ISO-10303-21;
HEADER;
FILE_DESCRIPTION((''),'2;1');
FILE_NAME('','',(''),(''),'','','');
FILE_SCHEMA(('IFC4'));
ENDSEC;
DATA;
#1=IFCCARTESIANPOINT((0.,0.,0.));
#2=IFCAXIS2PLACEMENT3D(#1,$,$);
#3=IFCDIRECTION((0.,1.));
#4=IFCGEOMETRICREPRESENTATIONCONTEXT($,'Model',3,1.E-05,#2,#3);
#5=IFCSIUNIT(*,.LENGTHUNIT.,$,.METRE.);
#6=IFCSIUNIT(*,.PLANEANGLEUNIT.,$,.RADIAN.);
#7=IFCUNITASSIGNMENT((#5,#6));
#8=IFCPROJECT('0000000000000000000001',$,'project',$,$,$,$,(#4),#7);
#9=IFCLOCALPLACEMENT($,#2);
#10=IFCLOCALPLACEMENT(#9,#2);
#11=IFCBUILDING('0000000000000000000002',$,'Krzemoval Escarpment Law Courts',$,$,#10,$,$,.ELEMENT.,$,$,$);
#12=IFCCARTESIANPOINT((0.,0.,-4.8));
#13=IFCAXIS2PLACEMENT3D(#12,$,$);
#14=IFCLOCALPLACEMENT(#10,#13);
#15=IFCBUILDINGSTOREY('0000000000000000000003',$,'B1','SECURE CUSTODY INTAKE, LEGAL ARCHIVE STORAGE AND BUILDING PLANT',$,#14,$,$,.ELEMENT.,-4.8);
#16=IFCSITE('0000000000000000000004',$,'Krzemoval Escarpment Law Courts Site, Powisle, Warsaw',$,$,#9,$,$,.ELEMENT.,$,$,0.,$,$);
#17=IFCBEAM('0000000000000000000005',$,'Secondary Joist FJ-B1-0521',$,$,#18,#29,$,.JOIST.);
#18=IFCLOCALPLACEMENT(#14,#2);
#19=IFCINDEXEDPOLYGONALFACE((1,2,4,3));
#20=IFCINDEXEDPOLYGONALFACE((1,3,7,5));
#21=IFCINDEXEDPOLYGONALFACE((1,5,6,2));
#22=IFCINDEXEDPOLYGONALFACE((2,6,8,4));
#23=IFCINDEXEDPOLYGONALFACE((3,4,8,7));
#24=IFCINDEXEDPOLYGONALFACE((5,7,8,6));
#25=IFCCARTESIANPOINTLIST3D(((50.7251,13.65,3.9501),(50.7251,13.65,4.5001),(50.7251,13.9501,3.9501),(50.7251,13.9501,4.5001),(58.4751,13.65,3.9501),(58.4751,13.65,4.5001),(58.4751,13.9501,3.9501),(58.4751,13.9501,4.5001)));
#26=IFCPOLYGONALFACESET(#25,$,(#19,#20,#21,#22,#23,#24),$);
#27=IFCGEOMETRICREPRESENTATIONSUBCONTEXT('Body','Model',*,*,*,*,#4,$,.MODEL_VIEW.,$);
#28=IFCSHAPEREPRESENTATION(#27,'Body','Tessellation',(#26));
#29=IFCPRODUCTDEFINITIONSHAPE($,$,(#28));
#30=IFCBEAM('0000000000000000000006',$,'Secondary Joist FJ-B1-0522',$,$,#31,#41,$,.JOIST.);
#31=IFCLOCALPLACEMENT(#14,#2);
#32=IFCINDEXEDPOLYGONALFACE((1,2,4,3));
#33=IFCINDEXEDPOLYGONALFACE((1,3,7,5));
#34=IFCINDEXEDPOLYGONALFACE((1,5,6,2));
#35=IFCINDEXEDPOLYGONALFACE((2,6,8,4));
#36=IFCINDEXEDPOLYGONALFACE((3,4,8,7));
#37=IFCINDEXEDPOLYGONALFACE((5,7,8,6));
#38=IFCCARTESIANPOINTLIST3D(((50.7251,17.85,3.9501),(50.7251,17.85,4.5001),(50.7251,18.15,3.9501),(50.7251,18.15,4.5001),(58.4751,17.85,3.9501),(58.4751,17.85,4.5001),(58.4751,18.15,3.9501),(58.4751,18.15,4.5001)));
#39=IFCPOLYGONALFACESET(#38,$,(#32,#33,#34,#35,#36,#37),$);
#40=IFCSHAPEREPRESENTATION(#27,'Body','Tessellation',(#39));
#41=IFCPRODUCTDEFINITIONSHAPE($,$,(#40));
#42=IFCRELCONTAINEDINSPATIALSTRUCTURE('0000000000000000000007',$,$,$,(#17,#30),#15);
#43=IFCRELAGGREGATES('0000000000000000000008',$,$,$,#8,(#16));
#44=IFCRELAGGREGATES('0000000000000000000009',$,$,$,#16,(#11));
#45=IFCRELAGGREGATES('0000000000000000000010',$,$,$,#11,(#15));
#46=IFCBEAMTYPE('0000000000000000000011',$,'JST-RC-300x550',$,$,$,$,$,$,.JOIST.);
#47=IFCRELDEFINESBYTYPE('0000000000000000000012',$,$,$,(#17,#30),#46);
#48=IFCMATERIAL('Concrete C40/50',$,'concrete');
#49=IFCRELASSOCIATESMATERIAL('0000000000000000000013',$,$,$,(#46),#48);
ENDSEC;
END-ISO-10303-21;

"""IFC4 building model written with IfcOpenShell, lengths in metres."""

from ifc_helpers import new_model, si_unit, direction, frame, origin, origin_2d, place, context, subcontext, project, spatial, rectangle, extrude, material, material_profile, profile_set, type_object, element, save


model = new_model("IFC4")

# Units and contexts
model_context = context("Model", 3, precision=1e-05, world=origin(), true_north=direction((0.0, 1.0)))
body_context = subcontext(model_context, "Body", "Model", "MODEL_VIEW")
ifc_project = project(units=[si_unit("LENGTHUNIT", "METRE"), si_unit("PLANEANGLEUNIT", "RADIAN")], contexts=[model_context])

# Site, building, storey
site_placement = place(None, origin())
site = spatial("IfcSite", under=ifc_project, at=site_placement, Name="Krzemoval Escarpment Law Courts Site, Powisle, Warsaw", CompositionType="ELEMENT", RefElevation=0.0)
building_placement = place(site_placement, origin())
building = spatial("IfcBuilding", under=site, at=building_placement, Name="Krzemoval Escarpment Law Courts", CompositionType="ELEMENT")
storey_placement = place(building_placement, frame((0.0, 0.0, -4.8)))
storey = spatial("IfcBuildingStorey", under=building, at=storey_placement, Name="B1", Description="SECURE CUSTODY INTAKE, LEGAL ARCHIVE STORAGE AND BUILDING PLANT", CompositionType="ELEMENT", Elevation=-4.8)

# Beams
ifc_material_1 = material(Name="Concrete C40/50", Category="concrete")
ifc_material_profile_1 = material_profile(ifc_material_1, rectangle(XDim=0.3, YDim=0.55, at=origin_2d()), Name="RCB 300x550")
ifc_profile_set_1 = profile_set([ifc_material_profile_1], Name="Concrete C40/50")
beam_type_1 = type_object("IfcBeamType", Name="JST-RC-300x550", PredefinedType="JOIST", material=ifc_profile_set_1)
for number, where, z_axis, x_axis, name in (
    (1, (50.7251, 13.8, 4.2251), (1.0, 0.0, 0.0), (0.0, 1.0, 0.0), "Secondary Joist FJ-B1-0521"),
    (2, (50.7251, 18.0, 4.2251), (1.0, 0.0, 0.0), (0.0, 1.0, 0.0), "Secondary Joist FJ-B1-0522"),
):
    element("IfcBeam", number, at=place(storey_placement, frame(where, z_axis=z_axis, x_axis=x_axis)), inside=storey, type_object=beam_type_1, Name=name, PredefinedType="JOIST", context=body_context, shape_type="SweptSolid", body=[
        extrude(rectangle(XDim=0.3, YDim=0.55, at=origin_2d()), origin(), (0.0, 0.0, 1.0), 7.75),
    ])

save(model, "model.ifc")
